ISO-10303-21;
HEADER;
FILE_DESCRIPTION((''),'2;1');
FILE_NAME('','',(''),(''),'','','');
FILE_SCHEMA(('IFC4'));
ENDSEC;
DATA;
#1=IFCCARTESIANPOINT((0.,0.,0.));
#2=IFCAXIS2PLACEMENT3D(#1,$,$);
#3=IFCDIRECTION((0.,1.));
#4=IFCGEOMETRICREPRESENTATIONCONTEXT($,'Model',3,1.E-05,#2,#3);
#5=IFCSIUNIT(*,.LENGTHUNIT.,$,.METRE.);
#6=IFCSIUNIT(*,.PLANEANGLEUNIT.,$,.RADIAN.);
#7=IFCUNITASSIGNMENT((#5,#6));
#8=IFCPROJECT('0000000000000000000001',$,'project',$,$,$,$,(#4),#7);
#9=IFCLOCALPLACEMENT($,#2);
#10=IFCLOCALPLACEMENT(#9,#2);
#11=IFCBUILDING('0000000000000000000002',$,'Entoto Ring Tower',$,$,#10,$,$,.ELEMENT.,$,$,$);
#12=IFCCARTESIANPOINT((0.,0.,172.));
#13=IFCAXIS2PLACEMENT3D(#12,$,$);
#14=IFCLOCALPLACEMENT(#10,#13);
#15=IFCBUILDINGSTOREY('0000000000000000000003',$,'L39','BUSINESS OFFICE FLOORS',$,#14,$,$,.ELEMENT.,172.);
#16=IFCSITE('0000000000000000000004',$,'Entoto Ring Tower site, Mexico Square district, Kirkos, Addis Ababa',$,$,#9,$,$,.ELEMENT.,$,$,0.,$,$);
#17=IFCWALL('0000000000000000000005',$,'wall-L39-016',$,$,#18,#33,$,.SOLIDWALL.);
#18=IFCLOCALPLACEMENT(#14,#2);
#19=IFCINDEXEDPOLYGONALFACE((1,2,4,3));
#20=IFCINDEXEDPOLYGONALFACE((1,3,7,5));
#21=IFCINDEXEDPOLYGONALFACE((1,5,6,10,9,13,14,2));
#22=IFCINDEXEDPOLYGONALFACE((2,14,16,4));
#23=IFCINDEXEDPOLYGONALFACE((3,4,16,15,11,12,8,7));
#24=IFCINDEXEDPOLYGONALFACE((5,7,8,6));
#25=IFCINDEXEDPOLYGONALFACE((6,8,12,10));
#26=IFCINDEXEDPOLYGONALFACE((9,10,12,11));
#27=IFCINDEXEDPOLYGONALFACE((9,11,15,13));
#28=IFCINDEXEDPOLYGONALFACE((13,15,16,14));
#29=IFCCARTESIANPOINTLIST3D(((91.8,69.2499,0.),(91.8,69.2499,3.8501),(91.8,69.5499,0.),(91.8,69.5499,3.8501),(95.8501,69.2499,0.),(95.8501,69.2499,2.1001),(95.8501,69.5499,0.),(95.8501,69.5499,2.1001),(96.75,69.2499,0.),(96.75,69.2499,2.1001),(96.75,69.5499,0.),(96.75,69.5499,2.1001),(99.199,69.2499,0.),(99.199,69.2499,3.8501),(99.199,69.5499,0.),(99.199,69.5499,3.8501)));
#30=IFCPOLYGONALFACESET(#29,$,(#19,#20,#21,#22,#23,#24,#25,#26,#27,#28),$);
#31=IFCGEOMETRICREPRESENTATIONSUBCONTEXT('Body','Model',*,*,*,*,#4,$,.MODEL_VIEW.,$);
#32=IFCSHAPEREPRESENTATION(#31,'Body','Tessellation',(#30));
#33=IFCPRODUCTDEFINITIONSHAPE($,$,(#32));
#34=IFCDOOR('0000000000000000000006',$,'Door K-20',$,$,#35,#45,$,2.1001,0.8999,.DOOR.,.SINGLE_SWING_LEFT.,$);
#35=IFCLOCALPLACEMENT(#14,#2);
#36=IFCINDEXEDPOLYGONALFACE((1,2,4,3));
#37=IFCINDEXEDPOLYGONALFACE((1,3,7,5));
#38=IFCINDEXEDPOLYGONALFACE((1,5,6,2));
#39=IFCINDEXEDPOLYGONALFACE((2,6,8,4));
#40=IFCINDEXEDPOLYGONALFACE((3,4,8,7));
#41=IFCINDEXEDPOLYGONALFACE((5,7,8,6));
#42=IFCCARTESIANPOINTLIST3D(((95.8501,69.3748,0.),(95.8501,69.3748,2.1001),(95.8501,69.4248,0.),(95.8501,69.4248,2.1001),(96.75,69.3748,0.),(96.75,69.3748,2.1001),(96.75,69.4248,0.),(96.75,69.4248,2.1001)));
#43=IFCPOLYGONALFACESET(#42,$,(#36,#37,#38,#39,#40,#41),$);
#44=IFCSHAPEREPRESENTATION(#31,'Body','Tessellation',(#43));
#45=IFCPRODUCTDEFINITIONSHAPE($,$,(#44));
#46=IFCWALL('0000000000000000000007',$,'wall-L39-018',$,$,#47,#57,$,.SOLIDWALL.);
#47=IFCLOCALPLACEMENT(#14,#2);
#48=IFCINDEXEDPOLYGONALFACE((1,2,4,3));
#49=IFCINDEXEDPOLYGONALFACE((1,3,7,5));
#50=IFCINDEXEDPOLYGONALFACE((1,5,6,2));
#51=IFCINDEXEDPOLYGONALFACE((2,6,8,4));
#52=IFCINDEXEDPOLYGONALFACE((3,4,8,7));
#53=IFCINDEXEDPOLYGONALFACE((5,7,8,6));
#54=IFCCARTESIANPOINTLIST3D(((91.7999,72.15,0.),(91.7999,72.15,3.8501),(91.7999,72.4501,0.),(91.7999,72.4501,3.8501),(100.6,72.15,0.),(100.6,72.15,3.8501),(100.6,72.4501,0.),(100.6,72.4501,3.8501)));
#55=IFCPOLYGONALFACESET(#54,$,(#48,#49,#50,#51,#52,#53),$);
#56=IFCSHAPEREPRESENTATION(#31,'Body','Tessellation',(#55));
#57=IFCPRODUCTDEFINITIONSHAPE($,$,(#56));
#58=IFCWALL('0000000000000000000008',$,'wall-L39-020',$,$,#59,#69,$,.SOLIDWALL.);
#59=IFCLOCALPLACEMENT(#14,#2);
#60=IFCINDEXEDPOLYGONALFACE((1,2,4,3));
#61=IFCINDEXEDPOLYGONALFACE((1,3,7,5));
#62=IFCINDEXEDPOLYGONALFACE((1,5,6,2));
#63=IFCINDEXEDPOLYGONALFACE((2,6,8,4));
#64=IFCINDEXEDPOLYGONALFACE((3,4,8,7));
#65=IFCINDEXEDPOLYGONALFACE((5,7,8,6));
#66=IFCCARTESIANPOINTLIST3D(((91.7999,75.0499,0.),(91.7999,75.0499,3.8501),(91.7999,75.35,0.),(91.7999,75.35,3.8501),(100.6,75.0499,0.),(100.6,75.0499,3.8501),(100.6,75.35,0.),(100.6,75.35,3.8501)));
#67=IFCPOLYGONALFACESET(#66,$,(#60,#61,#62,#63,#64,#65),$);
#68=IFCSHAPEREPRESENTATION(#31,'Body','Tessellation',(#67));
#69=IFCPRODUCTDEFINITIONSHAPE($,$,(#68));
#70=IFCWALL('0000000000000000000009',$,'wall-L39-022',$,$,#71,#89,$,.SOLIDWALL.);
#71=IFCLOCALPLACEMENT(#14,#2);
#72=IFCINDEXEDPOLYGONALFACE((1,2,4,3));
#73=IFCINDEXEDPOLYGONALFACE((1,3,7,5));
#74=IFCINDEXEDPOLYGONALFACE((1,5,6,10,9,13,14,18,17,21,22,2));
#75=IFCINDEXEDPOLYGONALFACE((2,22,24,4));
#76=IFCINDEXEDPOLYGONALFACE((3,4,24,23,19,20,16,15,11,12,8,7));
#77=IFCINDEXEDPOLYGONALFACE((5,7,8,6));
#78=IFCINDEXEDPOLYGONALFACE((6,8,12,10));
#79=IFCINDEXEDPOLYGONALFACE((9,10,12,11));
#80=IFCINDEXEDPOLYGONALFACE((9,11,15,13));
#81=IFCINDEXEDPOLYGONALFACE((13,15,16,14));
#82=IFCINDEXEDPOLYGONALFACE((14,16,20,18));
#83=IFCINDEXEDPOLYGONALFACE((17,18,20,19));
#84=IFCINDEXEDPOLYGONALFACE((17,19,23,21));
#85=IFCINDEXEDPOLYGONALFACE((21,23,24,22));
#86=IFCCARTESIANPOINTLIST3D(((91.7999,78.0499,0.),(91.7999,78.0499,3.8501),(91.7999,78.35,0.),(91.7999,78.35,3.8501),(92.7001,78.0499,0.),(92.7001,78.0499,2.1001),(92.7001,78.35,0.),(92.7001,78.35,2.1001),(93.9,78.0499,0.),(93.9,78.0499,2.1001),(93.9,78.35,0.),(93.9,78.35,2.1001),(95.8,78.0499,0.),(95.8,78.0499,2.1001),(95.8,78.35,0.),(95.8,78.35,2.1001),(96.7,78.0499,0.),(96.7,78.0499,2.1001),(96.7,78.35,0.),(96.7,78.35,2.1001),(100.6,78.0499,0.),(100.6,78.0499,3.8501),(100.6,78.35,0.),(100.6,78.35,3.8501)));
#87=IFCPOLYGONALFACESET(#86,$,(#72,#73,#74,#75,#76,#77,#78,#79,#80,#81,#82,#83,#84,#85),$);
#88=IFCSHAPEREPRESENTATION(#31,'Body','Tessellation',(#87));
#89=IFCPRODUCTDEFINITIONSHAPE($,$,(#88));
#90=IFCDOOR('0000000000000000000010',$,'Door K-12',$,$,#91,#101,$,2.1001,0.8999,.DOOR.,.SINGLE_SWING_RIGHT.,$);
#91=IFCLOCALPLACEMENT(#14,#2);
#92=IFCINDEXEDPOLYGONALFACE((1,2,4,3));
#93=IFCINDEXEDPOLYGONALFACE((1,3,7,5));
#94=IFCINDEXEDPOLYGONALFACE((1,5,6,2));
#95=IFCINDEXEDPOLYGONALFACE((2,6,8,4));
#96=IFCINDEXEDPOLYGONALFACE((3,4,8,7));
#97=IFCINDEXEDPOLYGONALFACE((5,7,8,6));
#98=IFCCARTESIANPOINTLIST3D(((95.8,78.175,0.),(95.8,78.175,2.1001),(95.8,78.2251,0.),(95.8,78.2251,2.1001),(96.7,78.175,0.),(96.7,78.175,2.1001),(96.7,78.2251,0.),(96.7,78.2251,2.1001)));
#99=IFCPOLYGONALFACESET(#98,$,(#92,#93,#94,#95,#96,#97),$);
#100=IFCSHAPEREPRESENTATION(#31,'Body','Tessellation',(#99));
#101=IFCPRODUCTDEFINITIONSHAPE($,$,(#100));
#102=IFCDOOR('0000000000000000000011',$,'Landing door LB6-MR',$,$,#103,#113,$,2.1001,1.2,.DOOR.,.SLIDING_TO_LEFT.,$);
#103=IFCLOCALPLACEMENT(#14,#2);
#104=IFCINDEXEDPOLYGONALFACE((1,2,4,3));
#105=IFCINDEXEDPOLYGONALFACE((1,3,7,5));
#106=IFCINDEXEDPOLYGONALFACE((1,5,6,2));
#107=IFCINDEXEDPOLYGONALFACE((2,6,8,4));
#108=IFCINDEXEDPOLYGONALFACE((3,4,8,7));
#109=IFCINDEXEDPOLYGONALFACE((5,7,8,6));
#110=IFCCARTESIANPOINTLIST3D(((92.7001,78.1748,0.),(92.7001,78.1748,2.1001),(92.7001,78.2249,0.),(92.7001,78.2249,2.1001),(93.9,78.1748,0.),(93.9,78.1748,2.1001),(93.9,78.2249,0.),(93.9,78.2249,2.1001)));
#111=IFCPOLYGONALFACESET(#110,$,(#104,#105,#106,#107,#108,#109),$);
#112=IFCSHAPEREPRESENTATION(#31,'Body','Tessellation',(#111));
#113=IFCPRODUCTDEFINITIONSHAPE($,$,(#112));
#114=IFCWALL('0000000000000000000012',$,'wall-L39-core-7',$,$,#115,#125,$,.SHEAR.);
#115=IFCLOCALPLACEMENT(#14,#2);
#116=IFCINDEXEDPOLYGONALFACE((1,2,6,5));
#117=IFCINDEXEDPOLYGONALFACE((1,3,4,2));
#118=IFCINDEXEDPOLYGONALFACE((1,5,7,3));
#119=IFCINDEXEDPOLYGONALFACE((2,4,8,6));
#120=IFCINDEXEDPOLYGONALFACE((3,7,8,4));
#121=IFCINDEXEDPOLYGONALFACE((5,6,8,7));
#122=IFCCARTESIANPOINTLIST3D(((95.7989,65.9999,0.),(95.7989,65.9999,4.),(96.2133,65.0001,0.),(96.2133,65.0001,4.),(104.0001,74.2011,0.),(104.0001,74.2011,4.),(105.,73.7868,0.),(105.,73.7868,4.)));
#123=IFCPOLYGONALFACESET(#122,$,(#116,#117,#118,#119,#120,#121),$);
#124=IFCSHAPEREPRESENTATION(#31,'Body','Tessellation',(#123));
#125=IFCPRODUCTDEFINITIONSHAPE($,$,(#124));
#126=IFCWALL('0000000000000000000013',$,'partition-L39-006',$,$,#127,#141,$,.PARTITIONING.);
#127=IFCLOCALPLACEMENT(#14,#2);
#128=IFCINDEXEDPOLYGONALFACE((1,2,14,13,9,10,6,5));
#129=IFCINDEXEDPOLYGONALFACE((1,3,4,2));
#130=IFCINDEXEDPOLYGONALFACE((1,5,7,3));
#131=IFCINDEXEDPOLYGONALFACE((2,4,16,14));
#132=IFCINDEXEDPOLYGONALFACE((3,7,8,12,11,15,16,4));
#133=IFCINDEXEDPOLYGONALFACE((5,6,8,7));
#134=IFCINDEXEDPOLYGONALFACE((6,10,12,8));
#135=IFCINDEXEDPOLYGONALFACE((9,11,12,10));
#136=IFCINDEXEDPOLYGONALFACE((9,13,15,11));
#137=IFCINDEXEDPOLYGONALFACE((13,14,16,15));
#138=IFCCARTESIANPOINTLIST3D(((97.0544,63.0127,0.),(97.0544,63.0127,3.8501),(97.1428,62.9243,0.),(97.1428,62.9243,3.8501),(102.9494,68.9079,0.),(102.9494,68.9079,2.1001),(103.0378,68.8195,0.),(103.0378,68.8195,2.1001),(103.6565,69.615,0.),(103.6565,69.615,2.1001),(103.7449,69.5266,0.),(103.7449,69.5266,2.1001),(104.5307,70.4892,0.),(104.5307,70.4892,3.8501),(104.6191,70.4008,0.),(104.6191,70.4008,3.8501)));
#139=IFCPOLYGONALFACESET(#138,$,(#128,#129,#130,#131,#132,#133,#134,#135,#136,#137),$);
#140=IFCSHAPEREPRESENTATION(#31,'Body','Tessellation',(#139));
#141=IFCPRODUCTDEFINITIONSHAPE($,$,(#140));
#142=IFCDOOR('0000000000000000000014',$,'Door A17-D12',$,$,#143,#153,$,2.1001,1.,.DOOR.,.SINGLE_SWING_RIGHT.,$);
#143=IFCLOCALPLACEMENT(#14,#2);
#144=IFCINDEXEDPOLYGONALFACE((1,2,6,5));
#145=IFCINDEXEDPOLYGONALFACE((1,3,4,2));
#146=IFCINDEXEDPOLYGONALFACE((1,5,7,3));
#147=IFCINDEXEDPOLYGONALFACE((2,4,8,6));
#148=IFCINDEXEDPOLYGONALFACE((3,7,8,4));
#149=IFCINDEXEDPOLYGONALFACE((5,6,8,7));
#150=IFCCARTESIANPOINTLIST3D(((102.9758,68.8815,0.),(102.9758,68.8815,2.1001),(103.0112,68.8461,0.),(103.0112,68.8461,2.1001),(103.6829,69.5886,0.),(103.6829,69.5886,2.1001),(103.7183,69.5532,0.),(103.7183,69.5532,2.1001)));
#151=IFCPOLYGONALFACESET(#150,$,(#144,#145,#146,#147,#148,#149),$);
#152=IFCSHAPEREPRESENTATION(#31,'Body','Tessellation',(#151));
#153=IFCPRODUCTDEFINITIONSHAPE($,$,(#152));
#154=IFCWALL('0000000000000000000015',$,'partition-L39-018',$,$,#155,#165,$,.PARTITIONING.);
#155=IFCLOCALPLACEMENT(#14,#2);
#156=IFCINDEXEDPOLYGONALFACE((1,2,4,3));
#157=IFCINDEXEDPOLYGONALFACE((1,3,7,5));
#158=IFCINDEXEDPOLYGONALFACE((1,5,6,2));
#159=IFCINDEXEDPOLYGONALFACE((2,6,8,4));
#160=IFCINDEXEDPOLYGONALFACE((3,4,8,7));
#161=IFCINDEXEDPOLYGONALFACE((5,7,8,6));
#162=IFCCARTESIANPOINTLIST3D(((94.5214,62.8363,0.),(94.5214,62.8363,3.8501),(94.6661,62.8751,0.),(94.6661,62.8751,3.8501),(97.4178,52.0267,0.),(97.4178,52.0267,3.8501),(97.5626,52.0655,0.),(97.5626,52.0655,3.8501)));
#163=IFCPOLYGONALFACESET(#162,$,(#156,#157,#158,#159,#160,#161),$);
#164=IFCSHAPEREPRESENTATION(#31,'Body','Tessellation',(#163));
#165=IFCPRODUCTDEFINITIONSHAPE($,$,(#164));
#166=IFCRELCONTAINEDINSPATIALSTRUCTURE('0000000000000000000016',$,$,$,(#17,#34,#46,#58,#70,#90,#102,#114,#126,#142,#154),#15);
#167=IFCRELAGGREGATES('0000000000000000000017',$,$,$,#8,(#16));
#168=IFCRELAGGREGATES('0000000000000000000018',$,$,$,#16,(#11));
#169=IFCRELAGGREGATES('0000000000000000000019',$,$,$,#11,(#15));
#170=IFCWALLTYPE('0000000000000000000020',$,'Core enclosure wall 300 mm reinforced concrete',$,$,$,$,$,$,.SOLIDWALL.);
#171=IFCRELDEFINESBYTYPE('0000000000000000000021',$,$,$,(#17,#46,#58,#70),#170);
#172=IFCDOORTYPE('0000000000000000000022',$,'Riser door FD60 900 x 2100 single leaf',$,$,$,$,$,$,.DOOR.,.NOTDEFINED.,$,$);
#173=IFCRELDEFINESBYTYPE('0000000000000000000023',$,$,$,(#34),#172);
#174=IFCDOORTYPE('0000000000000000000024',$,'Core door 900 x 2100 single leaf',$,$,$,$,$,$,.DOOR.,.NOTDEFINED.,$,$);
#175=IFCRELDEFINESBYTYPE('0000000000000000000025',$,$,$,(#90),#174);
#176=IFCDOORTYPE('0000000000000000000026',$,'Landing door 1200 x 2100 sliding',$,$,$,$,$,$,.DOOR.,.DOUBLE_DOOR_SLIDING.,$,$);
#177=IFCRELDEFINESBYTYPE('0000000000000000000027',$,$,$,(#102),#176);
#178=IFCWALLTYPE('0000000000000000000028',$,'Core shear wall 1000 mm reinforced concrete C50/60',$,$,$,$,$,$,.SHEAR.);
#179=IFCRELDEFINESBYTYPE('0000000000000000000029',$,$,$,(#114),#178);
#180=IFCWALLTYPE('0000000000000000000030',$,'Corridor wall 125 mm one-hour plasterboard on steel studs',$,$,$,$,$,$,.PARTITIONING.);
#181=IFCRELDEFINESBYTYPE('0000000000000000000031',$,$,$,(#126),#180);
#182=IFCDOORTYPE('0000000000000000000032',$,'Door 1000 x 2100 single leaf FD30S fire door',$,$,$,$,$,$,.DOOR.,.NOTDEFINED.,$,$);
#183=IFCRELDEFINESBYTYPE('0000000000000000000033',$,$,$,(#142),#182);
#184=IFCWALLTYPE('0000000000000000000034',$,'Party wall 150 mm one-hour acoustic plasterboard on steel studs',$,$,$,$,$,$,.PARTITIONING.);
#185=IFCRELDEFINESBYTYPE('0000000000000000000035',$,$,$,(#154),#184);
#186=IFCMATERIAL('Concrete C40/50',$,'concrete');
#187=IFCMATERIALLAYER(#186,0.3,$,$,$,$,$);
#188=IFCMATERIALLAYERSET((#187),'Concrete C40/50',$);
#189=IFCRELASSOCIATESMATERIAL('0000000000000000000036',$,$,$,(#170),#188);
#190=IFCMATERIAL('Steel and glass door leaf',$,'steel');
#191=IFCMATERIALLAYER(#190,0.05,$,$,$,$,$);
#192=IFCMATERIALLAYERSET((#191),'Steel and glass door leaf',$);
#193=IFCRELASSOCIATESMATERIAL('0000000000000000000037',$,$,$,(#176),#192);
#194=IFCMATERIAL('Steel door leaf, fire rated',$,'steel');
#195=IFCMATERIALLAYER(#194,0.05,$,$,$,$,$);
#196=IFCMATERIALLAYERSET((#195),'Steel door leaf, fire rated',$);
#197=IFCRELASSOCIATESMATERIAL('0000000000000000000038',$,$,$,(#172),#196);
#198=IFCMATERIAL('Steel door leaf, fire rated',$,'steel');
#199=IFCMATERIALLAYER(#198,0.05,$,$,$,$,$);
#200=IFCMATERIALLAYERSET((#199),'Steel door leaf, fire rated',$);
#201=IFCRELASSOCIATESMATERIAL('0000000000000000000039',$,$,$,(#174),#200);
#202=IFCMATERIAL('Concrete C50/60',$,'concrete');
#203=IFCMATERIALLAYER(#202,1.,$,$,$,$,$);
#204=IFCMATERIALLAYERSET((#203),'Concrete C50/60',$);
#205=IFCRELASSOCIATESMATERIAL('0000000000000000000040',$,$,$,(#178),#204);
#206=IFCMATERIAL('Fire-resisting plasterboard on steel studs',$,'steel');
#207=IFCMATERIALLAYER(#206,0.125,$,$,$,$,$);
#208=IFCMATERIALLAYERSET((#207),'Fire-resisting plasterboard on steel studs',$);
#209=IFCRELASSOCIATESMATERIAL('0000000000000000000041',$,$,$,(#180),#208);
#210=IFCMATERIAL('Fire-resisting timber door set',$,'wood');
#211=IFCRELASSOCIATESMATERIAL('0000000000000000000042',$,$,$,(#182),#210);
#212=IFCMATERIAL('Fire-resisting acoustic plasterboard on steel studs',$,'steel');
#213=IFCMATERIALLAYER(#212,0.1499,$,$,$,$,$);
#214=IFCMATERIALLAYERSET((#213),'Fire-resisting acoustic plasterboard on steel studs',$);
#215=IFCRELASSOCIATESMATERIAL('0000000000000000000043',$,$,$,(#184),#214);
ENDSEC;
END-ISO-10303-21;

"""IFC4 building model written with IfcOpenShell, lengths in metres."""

from ifc_helpers import new_model, si_unit, direction, frame, frame_2d, origin, place, context, subcontext, project, spatial, polyline, rectangle, outline, extrude, material, layer, layer_set, type_object, element, fill, save


model = new_model("IFC4")

# Units and contexts
model_context = context("Model", 3, precision=1e-05, world=origin(), true_north=direction((0.0, 1.0)))
body_context = subcontext(model_context, "Body", "Model", "MODEL_VIEW")
ifc_project = project(units=[si_unit("LENGTHUNIT", "METRE"), si_unit("PLANEANGLEUNIT", "RADIAN")], contexts=[model_context])

# Site, building, storey
site_placement = place(None, origin())
site = spatial("IfcSite", under=ifc_project, at=site_placement, Name="Entoto Ring Tower site, Mexico Square district, Kirkos, Addis Ababa", CompositionType="ELEMENT", RefElevation=0.0)
building_placement = place(site_placement, origin())
building = spatial("IfcBuilding", under=site, at=building_placement, Name="Entoto Ring Tower", CompositionType="ELEMENT")
storey_placement = place(building_placement, frame((0.0, 0.0, 172.0)))
storey = spatial("IfcBuildingStorey", under=building, at=storey_placement, Name="L39", Description="BUSINESS OFFICE FLOORS", CompositionType="ELEMENT", Elevation=172.0)

# Shared definitions
ifc_material_1 = material(Name="Concrete C40/50", Category="concrete")
ifc_layer_1 = layer(ifc_material_1, 0.3)
ifc_layer_set_1 = layer_set([ifc_layer_1], Name="Concrete C40/50")
wall_type_1 = type_object("IfcWallType", Name="Core enclosure wall 300 mm reinforced concrete", PredefinedType="SOLIDWALL", material=ifc_layer_set_1)

# Shared definitions
ifc_material_2 = material(Name="Steel and glass door leaf", Category="steel")
ifc_layer_2 = layer(ifc_material_2, 0.05)
ifc_layer_set_2 = layer_set([ifc_layer_2], Name="Steel and glass door leaf")
door_type_1 = type_object("IfcDoorType", Name="Landing door 1200 x 2100 sliding", OperationType="DOUBLE_DOOR_SLIDING", PredefinedType="DOOR", material=ifc_layer_set_2)

# Wall, opening, door
wall_1_placement = place(storey_placement, frame((91.8, 69.3999, 0.0), z_axis=(0.0, 0.0, 1.0), x_axis=(1.0, 0.0, 0.0)))
wall_1 = element("IfcWall", 1, at=wall_1_placement, inside=storey, type_object=wall_type_1, Name="wall-L39-016", PredefinedType="SOLIDWALL", context=body_context, shape_type="SweptSolid", body=[
    extrude(rectangle(XDim=7.3989, YDim=0.3, at=frame_2d((3.6995, 0.0))), origin(), (0.0, 0.0, 1.0), 3.8501),
])
opening_1_placement = place(wall_1_placement, frame((4.05, 0.0, 0.0)))
opening_1 = element("IfcOpeningElement", 2, at=opening_1_placement, cuts=wall_1, PredefinedType="OPENING", context=body_context, shape_type="SweptSolid", body=[
    extrude(rectangle(XDim=0.8999, YDim=2.1001, at=frame_2d((0.45, 1.05))), frame((0.0, 0.1602, 0.0), z_axis=(0.0, -1.0, 0.0), x_axis=(1.0, 0.0, 0.0)), (0.0, 0.0, 1.0), 0.3201),
])
ifc_material_3 = material(Name="Steel door leaf, fire rated", Category="steel")
ifc_layer_3 = layer(ifc_material_3, 0.05)
ifc_layer_set_3 = layer_set([ifc_layer_3], Name="Steel door leaf, fire rated")
door_type_2 = type_object("IfcDoorType", Name="Riser door FD60 900 x 2100 single leaf", OperationType="NOTDEFINED", PredefinedType="DOOR", material=ifc_layer_set_3)
door_1_placement = place(opening_1_placement, origin())
door_1 = element("IfcDoor", 3, at=door_1_placement, inside=storey, type_object=door_type_2, Name="Door K-20", OperationType="SINGLE_SWING_LEFT", OverallHeight=2.1001, OverallWidth=0.8999, PredefinedType="DOOR", context=body_context, shape_type="SweptSolid", body=[
    extrude(rectangle(XDim=0.8999, YDim=2.1001, at=frame_2d((0.45, 1.05))), frame((0.0, 0.0249, 0.0), z_axis=(0.0, -1.0, 0.0), x_axis=(1.0, 0.0, 0.0)), (0.0, 0.0, 1.0), 0.05),
])
fill(opening_1, door_1)

# Walls
for number, where, z_axis, x_axis, name in (
    (4, (91.8, 72.3, 0.0), (0.0, 0.0, 1.0), (1.0, 0.0, 0.0), "wall-L39-018"),
    (5, (91.8, 75.2, 0.0), (0.0, 0.0, 1.0), (1.0, 0.0, 0.0), "wall-L39-020"),
):
    element("IfcWall", number, at=place(storey_placement, frame(where, z_axis=z_axis, x_axis=x_axis)), inside=storey, type_object=wall_type_1, Name=name, PredefinedType="SOLIDWALL", context=body_context, shape_type="SweptSolid", body=[
        extrude(rectangle(XDim=8.8, YDim=0.3, at=frame_2d((4.3999, 0.0))), origin(), (0.0, 0.0, 1.0), 3.8501),
    ])

# Wall, openings, doors
wall_2_placement = place(storey_placement, frame((91.8, 78.2, 0.0), z_axis=(0.0, 0.0, 1.0), x_axis=(1.0, 0.0, 0.0)))
wall_2 = element("IfcWall", 6, at=wall_2_placement, inside=storey, type_object=wall_type_1, Name="wall-L39-022", PredefinedType="SOLIDWALL", context=body_context, shape_type="SweptSolid", body=[
    extrude(rectangle(XDim=8.8, YDim=0.3, at=frame_2d((4.3999, 0.0))), origin(), (0.0, 0.0, 1.0), 3.8501),
])
opening_2_placement = place(wall_2_placement, frame((0.8999, 0.0, 0.0)))
opening_2 = element("IfcOpeningElement", 7, at=opening_2_placement, cuts=wall_2, PredefinedType="OPENING", context=body_context, shape_type="SweptSolid", body=[
    extrude(rectangle(XDim=1.2, YDim=2.1001, at=frame_2d((0.6001, 1.05))), frame((0.0, 0.1602, 0.0), z_axis=(0.0, -1.0, 0.0), x_axis=(1.0, 0.0, 0.0)), (0.0, 0.0, 1.0), 0.3201),
])
opening_3_placement = place(wall_2_placement, frame((4.0, 0.0, 0.0)))
opening_3 = element("IfcOpeningElement", 8, at=opening_3_placement, cuts=wall_2, PredefinedType="OPENING", context=body_context, shape_type="SweptSolid", body=[
    extrude(rectangle(XDim=0.8999, YDim=2.1001, at=frame_2d((0.45, 1.05))), frame((0.0, 0.1602, 0.0), z_axis=(0.0, -1.0, 0.0), x_axis=(1.0, 0.0, 0.0)), (0.0, 0.0, 1.0), 0.3201),
])
ifc_material_4 = material(Name="Steel door leaf, fire rated", Category="steel")
ifc_layer_4 = layer(ifc_material_4, 0.05)
ifc_layer_set_4 = layer_set([ifc_layer_4], Name="Steel door leaf, fire rated")
door_type_3 = type_object("IfcDoorType", Name="Core door 900 x 2100 single leaf", OperationType="NOTDEFINED", PredefinedType="DOOR", material=ifc_layer_set_4)
door_2_placement = place(opening_3_placement, frame((0.8999, 0.0, 0.0), z_axis=(0.0, 0.0, 1.0), x_axis=(-1.0, 0.0, 0.0)))
door_2 = element("IfcDoor", 9, at=door_2_placement, inside=storey, type_object=door_type_3, Name="Door K-12", OperationType="SINGLE_SWING_RIGHT", OverallHeight=2.1001, OverallWidth=0.8999, PredefinedType="DOOR", context=body_context, shape_type="SweptSolid", body=[
    extrude(rectangle(XDim=0.8999, YDim=2.1001, at=frame_2d((0.45, 1.05))), frame((0.0, 0.0249, 0.0), z_axis=(0.0, -1.0, 0.0), x_axis=(1.0, 0.0, 0.0)), (0.0, 0.0, 1.0), 0.05),
])
fill(opening_3, door_2)
door_3_placement = place(opening_2_placement, origin())
door_3 = element("IfcDoor", 10, at=door_3_placement, inside=storey, type_object=door_type_1, Name="Landing door LB6-MR", OperationType="SLIDING_TO_LEFT", OverallHeight=2.1001, OverallWidth=1.2, PredefinedType="DOOR", context=body_context, shape_type="SweptSolid", body=[
    extrude(rectangle(XDim=1.2, YDim=2.1001, at=frame_2d((0.6001, 1.05))), frame((0.0, 0.0249, 0.0), z_axis=(0.0, -1.0, 0.0), x_axis=(1.0, 0.0, 0.0)), (0.0, 0.0, 1.0), 0.05),
])
fill(opening_2, door_3)

# Wall
ifc_material_5 = material(Name="Concrete C50/60", Category="concrete")
ifc_layer_5 = layer(ifc_material_5, 1.0)
ifc_layer_set_5 = layer_set([ifc_layer_5], Name="Concrete C50/60")
wall_type_2 = type_object("IfcWallType", Name="Core shear wall 1000 mm reinforced concrete C50/60", PredefinedType="SHEAR", material=ifc_layer_set_5)
wall_3_placement = place(storey_placement, frame((96.0061, 65.5, 0.0), z_axis=(0.0, 0.0, 1.0), x_axis=(0.707107, 0.707107, 0.0)))
element("IfcWall", 11, at=wall_3_placement, inside=storey, type_object=wall_type_2, Name="wall-L39-core-7", PredefinedType="SHEAR", context=body_context, shape_type="SweptSolid", body=[
    extrude(outline(polyline([(-0.207, -0.5), (12.2192, -0.5), (11.8052, 0.5), (0.207, 0.5), (-0.207, -0.5)])), origin(), (0.0, 0.0, 1.0), 4.0),
])

# Wall, opening, door
ifc_material_6 = material(Name="Fire-resisting plasterboard on steel studs", Category="steel")
ifc_layer_6 = layer(ifc_material_6, 0.125)
ifc_layer_set_6 = layer_set([ifc_layer_6], Name="Fire-resisting plasterboard on steel studs")
wall_type_3 = type_object("IfcWallType", Name="Corridor wall 125 mm one-hour plasterboard on steel studs", PredefinedType="PARTITIONING", material=ifc_layer_set_6)
wall_4_placement = place(storey_placement, frame((97.0986, 62.9685, 0.0), z_axis=(0.0, 0.0, 1.0), x_axis=(0.707095, 0.707118, 0.0)))
wall_4 = element("IfcWall", 12, at=wall_4_placement, inside=storey, type_object=wall_type_3, Name="partition-L39-006", PredefinedType="PARTITIONING", context=body_context, shape_type="SweptSolid", body=[
    extrude(rectangle(XDim=10.5732, YDim=0.125, at=frame_2d((5.2866, 0.0))), origin(), (0.0, 0.0, 1.0), 3.8501),
])
opening_4_placement = place(wall_4_placement, frame((8.3369, 0.0, 0.0)))
opening_4 = element("IfcOpeningElement", 13, at=opening_4_placement, cuts=wall_4, PredefinedType="OPENING", context=body_context, shape_type="SweptSolid", body=[
    extrude(rectangle(XDim=1.0, YDim=2.1001, at=frame_2d((0.5, 1.05))), frame((0.0, 0.0725, 0.0), z_axis=(0.0, -1.0, 0.0), x_axis=(1.0, 0.0, 0.0)), (0.0, 0.0, 1.0), 0.145),
])
ifc_material_7 = material(Name="Fire-resisting timber door set", Category="wood")
door_type_4 = type_object("IfcDoorType", Name="Door 1000 x 2100 single leaf FD30S fire door", OperationType="NOTDEFINED", PredefinedType="DOOR", material=ifc_material_7)
door_4_placement = place(opening_4_placement, frame((1.0, 0.0, 0.0), z_axis=(0.0, 0.0, 1.0), x_axis=(-1.0, 0.0, 0.0)))
door_4 = element("IfcDoor", 14, at=door_4_placement, inside=storey, type_object=door_type_4, Name="Door A17-D12", OperationType="SINGLE_SWING_RIGHT", OverallHeight=2.1001, OverallWidth=1.0, PredefinedType="DOOR", context=body_context, shape_type="SweptSolid", body=[
    extrude(rectangle(XDim=1.0, YDim=2.1001, at=frame_2d((0.5, 1.05))), frame((0.0, 0.0249, 0.0), z_axis=(0.0, -1.0, 0.0), x_axis=(1.0, 0.0, 0.0)), (0.0, 0.0, 1.0), 0.05),
])
fill(opening_4, door_4)

# Wall
ifc_material_8 = material(Name="Fire-resisting acoustic plasterboard on steel studs", Category="steel")
ifc_layer_7 = layer(ifc_material_8, 0.1499)
ifc_layer_set_7 = layer_set([ifc_layer_7], Name="Fire-resisting acoustic plasterboard on steel studs")
wall_type_4 = type_object("IfcWallType", Name="Party wall 150 mm one-hour acoustic plasterboard on steel studs", PredefinedType="PARTITIONING", material=ifc_layer_set_7)
wall_5_placement = place(storey_placement, frame((97.4902, 52.0461, 0.0), z_axis=(0.0, 0.0, 1.0), x_axis=(-0.258825, 0.965924, 0.0)))
element("IfcWall", 15, at=wall_5_placement, inside=storey, type_object=wall_type_4, Name="partition-L39-018", PredefinedType="PARTITIONING", context=body_context, shape_type="SweptSolid", body=[
    extrude(rectangle(XDim=11.1909, YDim=0.1499, at=frame_2d((5.5955, 0.0))), origin(), (0.0, 0.0, 1.0), 3.8501),
])

save(model, "model.ifc")
